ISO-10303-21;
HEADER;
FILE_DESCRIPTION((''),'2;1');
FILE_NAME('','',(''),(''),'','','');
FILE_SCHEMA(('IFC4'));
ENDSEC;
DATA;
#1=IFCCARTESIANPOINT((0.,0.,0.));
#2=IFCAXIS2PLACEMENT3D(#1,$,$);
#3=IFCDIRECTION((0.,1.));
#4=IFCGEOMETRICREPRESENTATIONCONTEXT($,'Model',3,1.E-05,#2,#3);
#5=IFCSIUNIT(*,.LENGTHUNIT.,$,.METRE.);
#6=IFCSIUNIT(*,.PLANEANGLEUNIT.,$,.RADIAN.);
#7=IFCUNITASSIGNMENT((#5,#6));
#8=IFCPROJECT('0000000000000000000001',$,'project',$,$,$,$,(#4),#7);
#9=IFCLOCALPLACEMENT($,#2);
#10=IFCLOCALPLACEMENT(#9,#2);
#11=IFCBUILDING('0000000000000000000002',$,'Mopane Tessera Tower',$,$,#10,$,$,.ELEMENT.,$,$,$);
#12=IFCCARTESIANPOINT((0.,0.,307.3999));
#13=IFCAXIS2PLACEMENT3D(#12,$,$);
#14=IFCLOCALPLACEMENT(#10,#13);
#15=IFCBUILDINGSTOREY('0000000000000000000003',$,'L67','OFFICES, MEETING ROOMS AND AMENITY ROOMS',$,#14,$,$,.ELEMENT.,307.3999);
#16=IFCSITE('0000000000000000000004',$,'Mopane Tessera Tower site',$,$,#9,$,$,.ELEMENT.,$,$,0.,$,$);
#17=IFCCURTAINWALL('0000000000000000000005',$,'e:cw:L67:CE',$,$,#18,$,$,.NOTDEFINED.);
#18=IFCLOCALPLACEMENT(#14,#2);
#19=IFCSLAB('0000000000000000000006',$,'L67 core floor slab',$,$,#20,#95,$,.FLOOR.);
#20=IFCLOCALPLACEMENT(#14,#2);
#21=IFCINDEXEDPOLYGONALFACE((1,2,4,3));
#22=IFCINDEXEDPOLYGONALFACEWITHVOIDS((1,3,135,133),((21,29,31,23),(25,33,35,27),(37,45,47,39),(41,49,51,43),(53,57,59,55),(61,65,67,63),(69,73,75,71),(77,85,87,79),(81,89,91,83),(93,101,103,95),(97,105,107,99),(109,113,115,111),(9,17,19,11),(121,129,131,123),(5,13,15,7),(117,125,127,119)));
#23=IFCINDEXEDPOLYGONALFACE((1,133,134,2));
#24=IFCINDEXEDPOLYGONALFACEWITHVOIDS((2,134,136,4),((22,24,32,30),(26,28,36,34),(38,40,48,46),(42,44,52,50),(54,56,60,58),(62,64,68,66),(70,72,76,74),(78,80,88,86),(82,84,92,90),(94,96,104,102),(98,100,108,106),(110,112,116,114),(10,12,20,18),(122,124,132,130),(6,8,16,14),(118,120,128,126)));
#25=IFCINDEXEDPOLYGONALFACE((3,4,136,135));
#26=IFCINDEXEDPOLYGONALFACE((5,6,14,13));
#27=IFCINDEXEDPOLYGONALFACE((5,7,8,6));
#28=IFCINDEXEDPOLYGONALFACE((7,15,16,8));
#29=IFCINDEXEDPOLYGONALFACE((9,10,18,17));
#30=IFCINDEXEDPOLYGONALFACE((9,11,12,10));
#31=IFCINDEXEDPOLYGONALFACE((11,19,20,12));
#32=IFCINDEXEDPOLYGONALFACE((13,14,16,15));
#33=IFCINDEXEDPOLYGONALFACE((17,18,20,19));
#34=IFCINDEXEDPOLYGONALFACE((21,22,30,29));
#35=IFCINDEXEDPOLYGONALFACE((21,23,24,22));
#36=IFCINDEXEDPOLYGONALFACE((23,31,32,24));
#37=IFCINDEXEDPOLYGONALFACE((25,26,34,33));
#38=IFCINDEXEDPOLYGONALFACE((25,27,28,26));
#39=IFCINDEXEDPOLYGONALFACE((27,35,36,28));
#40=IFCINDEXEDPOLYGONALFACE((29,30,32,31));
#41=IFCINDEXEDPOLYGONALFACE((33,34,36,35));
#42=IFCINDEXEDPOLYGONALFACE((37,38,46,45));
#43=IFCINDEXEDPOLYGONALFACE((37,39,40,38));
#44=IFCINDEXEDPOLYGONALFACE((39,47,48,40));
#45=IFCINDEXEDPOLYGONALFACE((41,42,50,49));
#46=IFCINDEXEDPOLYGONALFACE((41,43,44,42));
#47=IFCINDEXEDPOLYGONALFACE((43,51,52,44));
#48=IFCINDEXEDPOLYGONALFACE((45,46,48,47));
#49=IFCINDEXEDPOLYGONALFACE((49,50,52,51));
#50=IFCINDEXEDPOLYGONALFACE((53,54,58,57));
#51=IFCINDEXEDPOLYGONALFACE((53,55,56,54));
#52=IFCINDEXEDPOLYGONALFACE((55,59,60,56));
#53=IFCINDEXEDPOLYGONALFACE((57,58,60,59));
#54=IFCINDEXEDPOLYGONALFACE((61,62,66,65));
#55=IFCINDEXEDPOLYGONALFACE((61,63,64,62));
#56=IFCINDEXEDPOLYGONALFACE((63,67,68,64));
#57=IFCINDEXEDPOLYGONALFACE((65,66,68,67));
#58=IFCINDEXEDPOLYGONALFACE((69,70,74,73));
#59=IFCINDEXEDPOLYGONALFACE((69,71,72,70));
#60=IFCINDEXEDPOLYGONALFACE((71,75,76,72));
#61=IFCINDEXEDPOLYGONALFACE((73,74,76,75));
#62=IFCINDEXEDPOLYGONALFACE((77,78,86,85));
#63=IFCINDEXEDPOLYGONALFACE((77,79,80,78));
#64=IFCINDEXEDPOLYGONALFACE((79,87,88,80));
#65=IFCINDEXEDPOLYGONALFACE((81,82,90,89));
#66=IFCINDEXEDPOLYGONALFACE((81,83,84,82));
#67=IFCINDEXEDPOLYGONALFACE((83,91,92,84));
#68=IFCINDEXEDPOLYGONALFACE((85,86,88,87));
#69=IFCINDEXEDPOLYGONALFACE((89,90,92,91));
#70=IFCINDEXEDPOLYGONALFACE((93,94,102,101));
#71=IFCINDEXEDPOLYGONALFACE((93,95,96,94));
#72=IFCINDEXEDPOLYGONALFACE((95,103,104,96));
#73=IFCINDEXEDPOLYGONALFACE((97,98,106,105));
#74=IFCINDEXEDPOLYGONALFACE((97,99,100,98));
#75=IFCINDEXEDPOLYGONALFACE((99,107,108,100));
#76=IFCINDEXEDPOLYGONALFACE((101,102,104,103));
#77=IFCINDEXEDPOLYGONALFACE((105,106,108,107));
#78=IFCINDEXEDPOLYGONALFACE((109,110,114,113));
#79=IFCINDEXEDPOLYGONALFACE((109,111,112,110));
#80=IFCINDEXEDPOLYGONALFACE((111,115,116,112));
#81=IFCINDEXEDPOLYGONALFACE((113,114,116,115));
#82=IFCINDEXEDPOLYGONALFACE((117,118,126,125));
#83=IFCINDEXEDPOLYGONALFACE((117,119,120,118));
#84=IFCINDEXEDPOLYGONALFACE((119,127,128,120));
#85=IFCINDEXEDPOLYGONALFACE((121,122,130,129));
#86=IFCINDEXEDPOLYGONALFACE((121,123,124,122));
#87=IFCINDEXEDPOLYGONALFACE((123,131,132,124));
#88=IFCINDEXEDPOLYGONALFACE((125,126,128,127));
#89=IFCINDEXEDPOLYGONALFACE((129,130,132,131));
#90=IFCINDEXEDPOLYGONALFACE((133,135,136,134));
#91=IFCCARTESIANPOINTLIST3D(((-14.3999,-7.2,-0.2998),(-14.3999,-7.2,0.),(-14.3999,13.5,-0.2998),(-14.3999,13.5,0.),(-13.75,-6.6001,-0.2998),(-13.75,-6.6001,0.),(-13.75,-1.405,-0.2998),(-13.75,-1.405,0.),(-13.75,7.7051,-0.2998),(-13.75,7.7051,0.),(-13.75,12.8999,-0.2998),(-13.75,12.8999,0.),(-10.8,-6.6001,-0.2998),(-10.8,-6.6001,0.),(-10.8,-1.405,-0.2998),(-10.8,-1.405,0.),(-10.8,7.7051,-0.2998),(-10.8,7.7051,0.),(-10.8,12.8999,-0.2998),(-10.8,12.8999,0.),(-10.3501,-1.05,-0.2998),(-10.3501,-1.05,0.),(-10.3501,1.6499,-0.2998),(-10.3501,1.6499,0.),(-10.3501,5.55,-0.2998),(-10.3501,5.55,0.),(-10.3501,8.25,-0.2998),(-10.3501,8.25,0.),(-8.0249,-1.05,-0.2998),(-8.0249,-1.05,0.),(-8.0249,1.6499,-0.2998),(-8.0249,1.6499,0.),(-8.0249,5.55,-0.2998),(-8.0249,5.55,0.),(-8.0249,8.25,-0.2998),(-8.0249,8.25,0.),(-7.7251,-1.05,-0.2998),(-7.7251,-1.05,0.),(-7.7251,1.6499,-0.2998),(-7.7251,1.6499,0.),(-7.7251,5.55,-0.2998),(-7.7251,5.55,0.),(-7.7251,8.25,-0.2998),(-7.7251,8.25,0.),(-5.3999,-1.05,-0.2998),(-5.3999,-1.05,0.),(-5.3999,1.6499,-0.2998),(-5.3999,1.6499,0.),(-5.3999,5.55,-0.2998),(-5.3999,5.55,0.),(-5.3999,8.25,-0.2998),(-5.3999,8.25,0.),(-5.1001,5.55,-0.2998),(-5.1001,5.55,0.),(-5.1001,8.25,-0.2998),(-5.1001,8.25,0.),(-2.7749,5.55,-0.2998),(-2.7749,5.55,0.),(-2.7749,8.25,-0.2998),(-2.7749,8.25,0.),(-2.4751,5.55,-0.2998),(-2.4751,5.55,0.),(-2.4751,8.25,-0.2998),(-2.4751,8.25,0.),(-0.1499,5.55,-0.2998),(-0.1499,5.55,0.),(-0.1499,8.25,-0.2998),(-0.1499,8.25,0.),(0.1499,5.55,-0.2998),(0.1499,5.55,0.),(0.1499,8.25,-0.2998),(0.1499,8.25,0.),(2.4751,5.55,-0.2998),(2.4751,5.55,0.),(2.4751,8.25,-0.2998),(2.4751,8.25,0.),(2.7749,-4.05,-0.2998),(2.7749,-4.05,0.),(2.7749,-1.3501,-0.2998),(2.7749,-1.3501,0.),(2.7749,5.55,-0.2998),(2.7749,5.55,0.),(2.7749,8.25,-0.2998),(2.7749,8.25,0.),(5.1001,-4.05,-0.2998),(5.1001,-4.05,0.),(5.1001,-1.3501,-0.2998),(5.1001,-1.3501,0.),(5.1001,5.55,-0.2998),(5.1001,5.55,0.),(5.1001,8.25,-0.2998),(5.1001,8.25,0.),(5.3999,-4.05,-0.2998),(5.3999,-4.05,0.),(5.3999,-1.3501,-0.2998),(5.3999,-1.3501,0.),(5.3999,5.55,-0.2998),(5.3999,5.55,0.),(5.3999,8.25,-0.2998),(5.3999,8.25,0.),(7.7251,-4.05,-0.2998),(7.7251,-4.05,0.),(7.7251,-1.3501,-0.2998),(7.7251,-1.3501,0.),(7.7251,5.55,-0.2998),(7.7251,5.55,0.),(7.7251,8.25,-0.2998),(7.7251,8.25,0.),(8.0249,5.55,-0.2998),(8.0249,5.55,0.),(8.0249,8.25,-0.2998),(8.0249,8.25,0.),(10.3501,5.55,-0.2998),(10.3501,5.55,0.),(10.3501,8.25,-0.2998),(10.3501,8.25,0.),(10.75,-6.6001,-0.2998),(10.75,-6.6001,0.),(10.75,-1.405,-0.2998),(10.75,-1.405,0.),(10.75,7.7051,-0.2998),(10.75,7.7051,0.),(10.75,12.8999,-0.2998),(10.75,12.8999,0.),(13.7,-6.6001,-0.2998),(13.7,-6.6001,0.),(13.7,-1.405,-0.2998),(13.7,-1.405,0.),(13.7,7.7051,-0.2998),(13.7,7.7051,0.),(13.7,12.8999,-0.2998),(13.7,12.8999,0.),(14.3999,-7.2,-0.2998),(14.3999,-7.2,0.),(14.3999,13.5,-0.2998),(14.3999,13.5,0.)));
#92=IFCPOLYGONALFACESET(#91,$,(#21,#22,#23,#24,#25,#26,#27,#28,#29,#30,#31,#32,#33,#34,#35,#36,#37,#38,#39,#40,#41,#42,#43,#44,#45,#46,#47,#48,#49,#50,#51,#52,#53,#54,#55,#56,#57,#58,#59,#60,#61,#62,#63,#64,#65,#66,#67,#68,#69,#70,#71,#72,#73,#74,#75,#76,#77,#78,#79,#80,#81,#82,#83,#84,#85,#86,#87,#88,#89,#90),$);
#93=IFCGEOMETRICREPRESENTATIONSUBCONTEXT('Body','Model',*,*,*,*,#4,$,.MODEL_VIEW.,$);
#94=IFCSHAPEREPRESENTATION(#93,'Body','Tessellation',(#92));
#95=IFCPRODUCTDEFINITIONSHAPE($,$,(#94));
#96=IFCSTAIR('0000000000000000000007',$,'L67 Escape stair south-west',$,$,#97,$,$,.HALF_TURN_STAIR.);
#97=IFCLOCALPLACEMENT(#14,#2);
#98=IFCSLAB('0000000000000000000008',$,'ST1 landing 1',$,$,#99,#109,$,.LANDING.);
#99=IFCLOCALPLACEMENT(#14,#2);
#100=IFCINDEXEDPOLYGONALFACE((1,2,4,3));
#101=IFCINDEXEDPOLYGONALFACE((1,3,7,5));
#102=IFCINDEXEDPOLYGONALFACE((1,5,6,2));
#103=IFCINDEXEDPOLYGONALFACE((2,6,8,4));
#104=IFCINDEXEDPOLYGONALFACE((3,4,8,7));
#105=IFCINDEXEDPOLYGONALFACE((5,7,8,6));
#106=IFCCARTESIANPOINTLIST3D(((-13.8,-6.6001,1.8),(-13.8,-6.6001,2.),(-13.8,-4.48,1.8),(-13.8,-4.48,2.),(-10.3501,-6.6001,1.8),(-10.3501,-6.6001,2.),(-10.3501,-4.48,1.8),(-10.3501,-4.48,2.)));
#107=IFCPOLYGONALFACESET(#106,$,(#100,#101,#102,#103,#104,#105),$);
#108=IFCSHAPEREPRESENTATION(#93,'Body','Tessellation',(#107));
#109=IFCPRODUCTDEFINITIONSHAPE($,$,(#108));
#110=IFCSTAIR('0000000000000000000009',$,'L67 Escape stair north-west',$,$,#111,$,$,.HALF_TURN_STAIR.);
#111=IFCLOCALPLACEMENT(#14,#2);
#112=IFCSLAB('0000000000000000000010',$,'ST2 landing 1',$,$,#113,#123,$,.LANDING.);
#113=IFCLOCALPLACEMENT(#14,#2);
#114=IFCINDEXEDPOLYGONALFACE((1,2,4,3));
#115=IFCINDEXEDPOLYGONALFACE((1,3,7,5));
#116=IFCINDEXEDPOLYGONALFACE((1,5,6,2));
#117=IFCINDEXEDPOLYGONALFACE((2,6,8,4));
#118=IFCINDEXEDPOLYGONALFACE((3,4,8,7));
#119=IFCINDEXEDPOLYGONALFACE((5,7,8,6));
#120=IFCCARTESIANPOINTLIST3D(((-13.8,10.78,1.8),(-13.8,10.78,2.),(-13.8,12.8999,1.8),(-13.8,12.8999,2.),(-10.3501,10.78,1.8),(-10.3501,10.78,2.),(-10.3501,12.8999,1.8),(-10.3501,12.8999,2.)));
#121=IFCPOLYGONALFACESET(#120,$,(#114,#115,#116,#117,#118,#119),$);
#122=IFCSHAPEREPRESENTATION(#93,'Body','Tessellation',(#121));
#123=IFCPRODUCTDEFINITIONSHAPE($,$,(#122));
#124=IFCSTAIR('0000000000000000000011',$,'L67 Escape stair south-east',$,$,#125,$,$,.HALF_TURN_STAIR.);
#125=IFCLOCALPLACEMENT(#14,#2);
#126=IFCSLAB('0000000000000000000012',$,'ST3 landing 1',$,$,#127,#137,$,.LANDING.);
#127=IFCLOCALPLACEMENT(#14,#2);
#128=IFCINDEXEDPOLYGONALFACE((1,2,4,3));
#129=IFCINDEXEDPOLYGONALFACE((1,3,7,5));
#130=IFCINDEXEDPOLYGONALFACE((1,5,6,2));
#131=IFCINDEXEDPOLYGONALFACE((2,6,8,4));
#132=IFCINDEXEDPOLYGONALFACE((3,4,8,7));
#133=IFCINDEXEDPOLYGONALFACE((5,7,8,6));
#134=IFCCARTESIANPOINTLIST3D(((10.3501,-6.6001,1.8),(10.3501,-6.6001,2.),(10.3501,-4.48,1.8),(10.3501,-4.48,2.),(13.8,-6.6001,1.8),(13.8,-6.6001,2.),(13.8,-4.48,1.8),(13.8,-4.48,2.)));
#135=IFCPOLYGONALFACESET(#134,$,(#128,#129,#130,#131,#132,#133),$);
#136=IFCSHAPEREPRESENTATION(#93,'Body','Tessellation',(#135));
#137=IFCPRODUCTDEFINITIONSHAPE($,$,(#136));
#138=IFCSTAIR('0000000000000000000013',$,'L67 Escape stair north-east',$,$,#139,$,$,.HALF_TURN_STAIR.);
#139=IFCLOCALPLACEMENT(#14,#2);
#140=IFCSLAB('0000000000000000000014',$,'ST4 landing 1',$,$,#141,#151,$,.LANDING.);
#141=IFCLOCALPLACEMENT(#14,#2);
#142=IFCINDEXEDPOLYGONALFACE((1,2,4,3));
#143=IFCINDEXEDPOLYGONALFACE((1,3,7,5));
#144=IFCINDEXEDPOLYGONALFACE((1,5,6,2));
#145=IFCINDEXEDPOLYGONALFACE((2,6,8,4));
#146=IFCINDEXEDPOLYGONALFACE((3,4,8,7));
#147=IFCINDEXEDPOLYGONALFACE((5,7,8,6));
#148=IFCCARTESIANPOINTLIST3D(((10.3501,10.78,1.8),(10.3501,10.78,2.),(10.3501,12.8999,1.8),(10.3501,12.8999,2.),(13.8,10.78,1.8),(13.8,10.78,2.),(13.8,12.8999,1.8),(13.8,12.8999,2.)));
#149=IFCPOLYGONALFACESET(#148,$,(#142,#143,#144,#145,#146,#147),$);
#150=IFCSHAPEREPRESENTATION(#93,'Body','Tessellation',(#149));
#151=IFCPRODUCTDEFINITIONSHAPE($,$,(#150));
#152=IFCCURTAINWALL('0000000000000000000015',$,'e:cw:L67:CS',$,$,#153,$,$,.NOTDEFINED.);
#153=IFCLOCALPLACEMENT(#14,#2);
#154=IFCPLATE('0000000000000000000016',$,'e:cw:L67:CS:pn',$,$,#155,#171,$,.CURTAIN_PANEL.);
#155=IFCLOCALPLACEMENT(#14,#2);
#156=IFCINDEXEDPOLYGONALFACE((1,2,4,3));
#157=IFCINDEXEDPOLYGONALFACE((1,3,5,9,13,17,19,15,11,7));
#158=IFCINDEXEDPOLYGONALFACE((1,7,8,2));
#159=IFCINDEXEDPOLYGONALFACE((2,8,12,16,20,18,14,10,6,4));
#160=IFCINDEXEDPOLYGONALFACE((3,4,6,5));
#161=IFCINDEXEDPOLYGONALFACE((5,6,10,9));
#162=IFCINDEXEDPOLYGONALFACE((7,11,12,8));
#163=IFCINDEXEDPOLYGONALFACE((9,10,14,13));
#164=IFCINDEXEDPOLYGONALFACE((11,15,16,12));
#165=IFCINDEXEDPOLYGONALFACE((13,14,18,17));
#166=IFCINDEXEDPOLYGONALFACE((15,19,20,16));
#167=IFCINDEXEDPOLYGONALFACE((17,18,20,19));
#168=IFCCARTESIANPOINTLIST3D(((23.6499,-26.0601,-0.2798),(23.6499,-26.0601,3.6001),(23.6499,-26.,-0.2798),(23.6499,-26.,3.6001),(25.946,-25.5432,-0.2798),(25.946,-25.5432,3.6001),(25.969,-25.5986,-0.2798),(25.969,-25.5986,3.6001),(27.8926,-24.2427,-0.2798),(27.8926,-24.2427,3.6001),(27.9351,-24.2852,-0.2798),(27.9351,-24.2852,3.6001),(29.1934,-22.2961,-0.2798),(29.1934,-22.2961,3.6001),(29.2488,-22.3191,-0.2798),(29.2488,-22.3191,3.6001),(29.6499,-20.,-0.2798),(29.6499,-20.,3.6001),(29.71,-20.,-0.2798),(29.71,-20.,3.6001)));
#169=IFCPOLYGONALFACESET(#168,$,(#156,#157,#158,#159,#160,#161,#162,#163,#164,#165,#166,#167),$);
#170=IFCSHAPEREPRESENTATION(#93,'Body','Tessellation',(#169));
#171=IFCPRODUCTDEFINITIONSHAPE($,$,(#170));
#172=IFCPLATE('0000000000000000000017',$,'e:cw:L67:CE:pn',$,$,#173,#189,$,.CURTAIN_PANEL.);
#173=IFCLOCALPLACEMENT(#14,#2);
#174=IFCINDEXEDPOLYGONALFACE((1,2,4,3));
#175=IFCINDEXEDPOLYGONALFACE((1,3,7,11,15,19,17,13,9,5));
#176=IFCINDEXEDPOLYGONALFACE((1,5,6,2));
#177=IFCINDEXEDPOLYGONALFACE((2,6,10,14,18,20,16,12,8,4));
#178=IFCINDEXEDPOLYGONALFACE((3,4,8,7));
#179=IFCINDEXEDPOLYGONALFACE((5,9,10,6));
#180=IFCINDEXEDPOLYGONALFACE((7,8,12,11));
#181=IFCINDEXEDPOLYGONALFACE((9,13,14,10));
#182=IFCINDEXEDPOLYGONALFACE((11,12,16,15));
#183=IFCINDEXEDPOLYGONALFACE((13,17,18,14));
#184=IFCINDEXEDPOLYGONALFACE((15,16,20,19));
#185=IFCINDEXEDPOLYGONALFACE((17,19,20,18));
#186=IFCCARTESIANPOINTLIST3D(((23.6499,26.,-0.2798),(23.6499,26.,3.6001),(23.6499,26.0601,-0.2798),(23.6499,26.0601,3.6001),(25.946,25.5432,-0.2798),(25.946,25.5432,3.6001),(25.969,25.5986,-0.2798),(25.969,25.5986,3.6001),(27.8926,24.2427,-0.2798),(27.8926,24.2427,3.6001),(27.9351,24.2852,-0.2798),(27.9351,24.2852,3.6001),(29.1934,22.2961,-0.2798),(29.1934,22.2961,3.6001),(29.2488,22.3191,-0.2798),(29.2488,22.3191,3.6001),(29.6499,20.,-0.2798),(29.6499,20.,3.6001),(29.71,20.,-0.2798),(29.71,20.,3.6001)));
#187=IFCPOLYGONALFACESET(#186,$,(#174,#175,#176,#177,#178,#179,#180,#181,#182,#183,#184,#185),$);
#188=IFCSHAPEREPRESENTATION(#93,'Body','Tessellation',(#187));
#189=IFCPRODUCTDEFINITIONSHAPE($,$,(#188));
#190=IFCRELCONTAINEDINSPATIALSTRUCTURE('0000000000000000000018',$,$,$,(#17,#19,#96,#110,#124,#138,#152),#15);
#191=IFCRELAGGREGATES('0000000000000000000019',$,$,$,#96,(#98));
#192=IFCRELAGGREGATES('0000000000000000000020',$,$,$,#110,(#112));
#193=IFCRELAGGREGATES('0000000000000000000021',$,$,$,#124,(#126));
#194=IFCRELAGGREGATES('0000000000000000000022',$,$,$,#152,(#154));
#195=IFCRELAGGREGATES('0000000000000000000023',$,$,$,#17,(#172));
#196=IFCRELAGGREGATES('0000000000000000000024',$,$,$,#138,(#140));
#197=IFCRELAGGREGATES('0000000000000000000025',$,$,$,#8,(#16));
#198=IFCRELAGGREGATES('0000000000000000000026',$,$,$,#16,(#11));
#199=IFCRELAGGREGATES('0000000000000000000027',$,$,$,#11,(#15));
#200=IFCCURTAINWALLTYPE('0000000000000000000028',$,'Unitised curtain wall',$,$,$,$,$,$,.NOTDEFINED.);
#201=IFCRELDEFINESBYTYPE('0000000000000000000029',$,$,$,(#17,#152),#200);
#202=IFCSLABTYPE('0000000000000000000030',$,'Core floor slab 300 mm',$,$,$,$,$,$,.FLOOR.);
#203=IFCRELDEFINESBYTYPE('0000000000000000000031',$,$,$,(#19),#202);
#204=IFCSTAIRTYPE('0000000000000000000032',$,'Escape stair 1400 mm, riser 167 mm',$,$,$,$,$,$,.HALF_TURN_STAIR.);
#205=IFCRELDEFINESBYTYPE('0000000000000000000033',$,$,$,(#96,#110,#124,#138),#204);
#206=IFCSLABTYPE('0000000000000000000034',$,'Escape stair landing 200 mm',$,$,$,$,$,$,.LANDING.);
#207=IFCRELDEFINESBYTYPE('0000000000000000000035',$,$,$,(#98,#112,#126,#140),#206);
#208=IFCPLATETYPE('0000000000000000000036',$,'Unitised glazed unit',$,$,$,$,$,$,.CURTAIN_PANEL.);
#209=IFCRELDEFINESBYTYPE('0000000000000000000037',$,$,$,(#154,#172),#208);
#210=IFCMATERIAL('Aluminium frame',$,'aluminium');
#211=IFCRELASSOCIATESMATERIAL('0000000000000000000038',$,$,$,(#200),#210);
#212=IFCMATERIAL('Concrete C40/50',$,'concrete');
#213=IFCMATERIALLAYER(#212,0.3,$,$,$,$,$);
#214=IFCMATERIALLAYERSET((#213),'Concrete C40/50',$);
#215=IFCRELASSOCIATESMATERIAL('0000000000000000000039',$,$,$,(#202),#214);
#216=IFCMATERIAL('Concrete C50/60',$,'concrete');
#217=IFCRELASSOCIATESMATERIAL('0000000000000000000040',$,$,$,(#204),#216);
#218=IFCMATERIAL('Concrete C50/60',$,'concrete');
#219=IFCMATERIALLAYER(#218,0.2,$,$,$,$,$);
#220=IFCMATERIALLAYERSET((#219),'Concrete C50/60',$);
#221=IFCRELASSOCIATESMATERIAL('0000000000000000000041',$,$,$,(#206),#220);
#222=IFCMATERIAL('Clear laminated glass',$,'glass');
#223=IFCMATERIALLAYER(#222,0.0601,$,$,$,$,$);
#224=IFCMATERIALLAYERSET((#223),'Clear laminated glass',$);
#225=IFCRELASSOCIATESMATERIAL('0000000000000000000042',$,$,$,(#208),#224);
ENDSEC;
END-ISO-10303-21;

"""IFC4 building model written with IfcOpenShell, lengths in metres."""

from ifc_helpers import new_model, si_unit, direction, frame, origin, place, context, subcontext, project, spatial, polyline, outline, extrude, material, layer, layer_set, type_object, element, aggregate, save


model = new_model("IFC4")

# Units and contexts
model_context = context("Model", 3, precision=1e-05, world=origin(), true_north=direction((0.0, 1.0)))
body_context = subcontext(model_context, "Body", "Model", "MODEL_VIEW")
ifc_project = project(units=[si_unit("LENGTHUNIT", "METRE"), si_unit("PLANEANGLEUNIT", "RADIAN")], contexts=[model_context])

# Site, building, storey
site_placement = place(None, origin())
site = spatial("IfcSite", under=ifc_project, at=site_placement, Name="Mopane Tessera Tower site", CompositionType="ELEMENT", RefElevation=0.0)
building_placement = place(site_placement, origin())
building = spatial("IfcBuilding", under=site, at=building_placement, Name="Mopane Tessera Tower", CompositionType="ELEMENT")
storey_placement = place(building_placement, frame((0.0, 0.0, 307.3999)))
storey = spatial("IfcBuildingStorey", under=building, at=storey_placement, Name="L67", Description="OFFICES, MEETING ROOMS AND AMENITY ROOMS", CompositionType="ELEMENT", Elevation=307.3999)

# Shared definitions
ifc_material_1 = material(Name="Aluminium frame", Category="aluminium")
curtain_wall_type = type_object("IfcCurtainWallType", Name="Unitised curtain wall", PredefinedType="NOTDEFINED", material=ifc_material_1)

# Curtain wall
curtain_wall_1_placement = place(storey_placement, origin())
curtain_wall_1 = element("IfcCurtainWall", 1, at=curtain_wall_1_placement, inside=storey, type_object=curtain_wall_type, Name="e:cw:L67:CE", PredefinedType="NOTDEFINED")

# Slab
ifc_material_2 = material(Name="Concrete C40/50", Category="concrete")
ifc_layer_1 = layer(ifc_material_2, 0.3)
ifc_layer_set_1 = layer_set([ifc_layer_1], Name="Concrete C40/50")
slab_type_1 = type_object("IfcSlabType", Name="Core floor slab 300 mm", PredefinedType="FLOOR", material=ifc_layer_set_1)
slab_1_placement = place(storey_placement, frame((0.0, 0.0, -0.2998)))
element("IfcSlab", 2, at=slab_1_placement, inside=storey, type_object=slab_type_1, Name="L67 core floor slab", PredefinedType="FLOOR", context=body_context, shape_type="SweptSolid", body=[
    extrude(outline(polyline([(-14.3999, -7.2), (14.3999, -7.2), (14.3999, 13.5), (-14.3999, 13.5), (-14.3999, -7.2)]), holes=[polyline([(-10.3501, -1.05), (-8.0249, -1.05), (-8.0249, 1.6499), (-10.3501, 1.6499), (-10.3501, -1.05)]), polyline([(-7.7251, -1.05), (-5.3999, -1.05), (-5.3999, 1.6499), (-7.7251, 1.6499), (-7.7251, -1.05)]), polyline([(-10.3501, 5.55), (-8.0249, 5.55), (-8.0249, 8.25), (-10.3501, 8.25), (-10.3501, 5.55)]), polyline([(-7.7251, 5.55), (-5.3999, 5.55), (-5.3999, 8.25), (-7.7251, 8.25), (-7.7251, 5.55)]), polyline([(-5.1001, 5.55), (-2.7749, 5.55), (-2.7749, 8.25), (-5.1001, 8.25), (-5.1001, 5.55)]), polyline([(-2.4751, 5.55), (-0.1499, 5.55), (-0.1499, 8.25), (-2.4751, 8.25), (-2.4751, 5.55)]), polyline([(0.1499, 5.55), (2.4751, 5.55), (2.4751, 8.25), (0.1499, 8.25), (0.1499, 5.55)]), polyline([(2.7749, 5.55), (5.1001, 5.55), (5.1001, 8.25), (2.7749, 8.25), (2.7749, 5.55)]), polyline([(5.3999, 5.55), (7.7251, 5.55), (7.7251, 8.25), (5.3999, 8.25), (5.3999, 5.55)]), polyline([(8.0249, 5.55), (10.3501, 5.55), (10.3501, 8.25), (8.0249, 8.25), (8.0249, 5.55)]), polyline([(2.7749, -4.05), (5.1001, -4.05), (5.1001, -1.3501), (2.7749, -1.3501), (2.7749, -4.05)]), polyline([(5.3999, -4.05), (7.7251, -4.05), (7.7251, -1.3501), (5.3999, -1.3501), (5.3999, -4.05)]), polyline([(-13.75, -1.405), (-13.75, -6.6001), (-10.8, -6.6001), (-10.8, -1.405), (-13.75, -1.405)]), polyline([(-10.8, 7.7051), (-10.8, 12.8999), (-13.75, 12.8999), (-13.75, 7.7051), (-10.8, 7.7051)]), polyline([(10.75, -1.405), (10.75, -6.6001), (13.7, -6.6001), (13.7, -1.405), (10.75, -1.405)]), polyline([(13.7, 7.7051), (13.7, 12.8999), (10.75, 12.8999), (10.75, 7.7051), (13.7, 7.7051)])]), origin(), (0.0, 0.0, 1.0), 0.2998),
])

# Stairs, slabs
ifc_material_3 = material(Name="Concrete C50/60", Category="concrete")
stair_type = type_object("IfcStairType", Name="Escape stair 1400 mm, riser 167 mm", PredefinedType="HALF_TURN_STAIR", material=ifc_material_3)
stair_1_placement = place(storey_placement, origin())
stair_1 = element("IfcStair", 3, at=stair_1_placement, inside=storey, type_object=stair_type, Name="L67 Escape stair south-west", PredefinedType="HALF_TURN_STAIR")
ifc_material_4 = material(Name="Concrete C50/60", Category="concrete")
ifc_layer_2 = layer(ifc_material_4, 0.2)
ifc_layer_set_2 = layer_set([ifc_layer_2], Name="Concrete C50/60")
slab_type_2 = type_object("IfcSlabType", Name="Escape stair landing 200 mm", PredefinedType="LANDING", material=ifc_layer_set_2)
slab_2_placement = place(storey_placement, frame((0.0, 0.0, 1.8)))
slab_2 = element("IfcSlab", 4, at=slab_2_placement, type_object=slab_type_2, Name="ST1 landing 1", PredefinedType="LANDING", context=body_context, shape_type="SweptSolid", body=[
    extrude(outline(polyline([(-13.8, -4.48), (-13.8, -6.6001), (-10.3501, -6.6001), (-10.3501, -4.48), (-13.8, -4.48)])), origin(), (0.0, 0.0, 1.0), 0.2),
])
aggregate(stair_1, [slab_2])
stair_2_placement = place(storey_placement, origin())
stair_2 = element("IfcStair", 5, at=stair_2_placement, inside=storey, type_object=stair_type, Name="L67 Escape stair north-west", PredefinedType="HALF_TURN_STAIR")
slab_3_placement = place(storey_placement, frame((0.0, 0.0, 1.8)))
slab_3 = element("IfcSlab", 6, at=slab_3_placement, type_object=slab_type_2, Name="ST2 landing 1", PredefinedType="LANDING", context=body_context, shape_type="SweptSolid", body=[
    extrude(outline(polyline([(-10.3501, 10.78), (-10.3501, 12.8999), (-13.8, 12.8999), (-13.8, 10.78), (-10.3501, 10.78)])), origin(), (0.0, 0.0, 1.0), 0.2),
])
aggregate(stair_2, [slab_3])
stair_3_placement = place(storey_placement, origin())
stair_3 = element("IfcStair", 7, at=stair_3_placement, inside=storey, type_object=stair_type, Name="L67 Escape stair south-east", PredefinedType="HALF_TURN_STAIR")
slab_4_placement = place(storey_placement, frame((0.0, 0.0, 1.8)))
slab_4 = element("IfcSlab", 8, at=slab_4_placement, type_object=slab_type_2, Name="ST3 landing 1", PredefinedType="LANDING", context=body_context, shape_type="SweptSolid", body=[
    extrude(outline(polyline([(10.3501, -4.48), (10.3501, -6.6001), (13.8, -6.6001), (13.8, -4.48), (10.3501, -4.48)])), origin(), (0.0, 0.0, 1.0), 0.2),
])
aggregate(stair_3, [slab_4])
stair_4_placement = place(storey_placement, origin())
stair_4 = element("IfcStair", 9, at=stair_4_placement, inside=storey, type_object=stair_type, Name="L67 Escape stair north-east", PredefinedType="HALF_TURN_STAIR")
slab_5_placement = place(storey_placement, frame((0.0, 0.0, 1.8)))
slab_5 = element("IfcSlab", 10, at=slab_5_placement, type_object=slab_type_2, Name="ST4 landing 1", PredefinedType="LANDING", context=body_context, shape_type="SweptSolid", body=[
    extrude(outline(polyline([(13.8, 10.78), (13.8, 12.8999), (10.3501, 12.8999), (10.3501, 10.78), (13.8, 10.78)])), origin(), (0.0, 0.0, 1.0), 0.2),
])

# Curtain wall, plate
curtain_wall_2_placement = place(storey_placement, origin())
curtain_wall_2 = element("IfcCurtainWall", 11, at=curtain_wall_2_placement, inside=storey, type_object=curtain_wall_type, Name="e:cw:L67:CS", PredefinedType="NOTDEFINED")
ifc_material_5 = material(Name="Clear laminated glass", Category="glass")
ifc_layer_3 = layer(ifc_material_5, 0.0601)
ifc_layer_set_3 = layer_set([ifc_layer_3], Name="Clear laminated glass")
plate_type = type_object("IfcPlateType", Name="Unitised glazed unit", PredefinedType="CURTAIN_PANEL", material=ifc_layer_set_3)
plate_1_placement = place(storey_placement, frame((0.0, 0.0, -0.2798)))
plate_1 = element("IfcPlate", 12, at=plate_1_placement, type_object=plate_type, Name="e:cw:L67:CS:pn", PredefinedType="CURTAIN_PANEL", context=body_context, shape_type="SweptSolid", body=[
    extrude(outline(polyline([(23.6499, -26.0), (25.946, -25.5432), (27.8926, -24.2427), (29.1934, -22.2961), (29.6499, -20.0), (29.71, -20.0), (29.2488, -22.3191), (27.9351, -24.2852), (25.969, -25.5986), (23.6499, -26.0601), (23.6499, -26.0)])), origin(), (0.0, 0.0, 1.0), 3.8799),
])
aggregate(curtain_wall_2, [plate_1])

# Plate
plate_2_placement = place(storey_placement, frame((0.0, 0.0, -0.2798)))
plate_2 = element("IfcPlate", 13, at=plate_2_placement, type_object=plate_type, Name="e:cw:L67:CE:pn", PredefinedType="CURTAIN_PANEL", context=body_context, shape_type="SweptSolid", body=[
    extrude(outline(polyline([(29.6499, 20.0), (29.1934, 22.2961), (27.8926, 24.2427), (25.946, 25.5432), (23.6499, 26.0), (23.6499, 26.0601), (25.969, 25.5986), (27.9351, 24.2852), (29.2488, 22.3191), (29.71, 20.0), (29.6499, 20.0)])), origin(), (0.0, 0.0, 1.0), 3.8799),
])
aggregate(curtain_wall_1, [plate_2])

aggregate(stair_4, [slab_5])

save(model, "model.ifc")
